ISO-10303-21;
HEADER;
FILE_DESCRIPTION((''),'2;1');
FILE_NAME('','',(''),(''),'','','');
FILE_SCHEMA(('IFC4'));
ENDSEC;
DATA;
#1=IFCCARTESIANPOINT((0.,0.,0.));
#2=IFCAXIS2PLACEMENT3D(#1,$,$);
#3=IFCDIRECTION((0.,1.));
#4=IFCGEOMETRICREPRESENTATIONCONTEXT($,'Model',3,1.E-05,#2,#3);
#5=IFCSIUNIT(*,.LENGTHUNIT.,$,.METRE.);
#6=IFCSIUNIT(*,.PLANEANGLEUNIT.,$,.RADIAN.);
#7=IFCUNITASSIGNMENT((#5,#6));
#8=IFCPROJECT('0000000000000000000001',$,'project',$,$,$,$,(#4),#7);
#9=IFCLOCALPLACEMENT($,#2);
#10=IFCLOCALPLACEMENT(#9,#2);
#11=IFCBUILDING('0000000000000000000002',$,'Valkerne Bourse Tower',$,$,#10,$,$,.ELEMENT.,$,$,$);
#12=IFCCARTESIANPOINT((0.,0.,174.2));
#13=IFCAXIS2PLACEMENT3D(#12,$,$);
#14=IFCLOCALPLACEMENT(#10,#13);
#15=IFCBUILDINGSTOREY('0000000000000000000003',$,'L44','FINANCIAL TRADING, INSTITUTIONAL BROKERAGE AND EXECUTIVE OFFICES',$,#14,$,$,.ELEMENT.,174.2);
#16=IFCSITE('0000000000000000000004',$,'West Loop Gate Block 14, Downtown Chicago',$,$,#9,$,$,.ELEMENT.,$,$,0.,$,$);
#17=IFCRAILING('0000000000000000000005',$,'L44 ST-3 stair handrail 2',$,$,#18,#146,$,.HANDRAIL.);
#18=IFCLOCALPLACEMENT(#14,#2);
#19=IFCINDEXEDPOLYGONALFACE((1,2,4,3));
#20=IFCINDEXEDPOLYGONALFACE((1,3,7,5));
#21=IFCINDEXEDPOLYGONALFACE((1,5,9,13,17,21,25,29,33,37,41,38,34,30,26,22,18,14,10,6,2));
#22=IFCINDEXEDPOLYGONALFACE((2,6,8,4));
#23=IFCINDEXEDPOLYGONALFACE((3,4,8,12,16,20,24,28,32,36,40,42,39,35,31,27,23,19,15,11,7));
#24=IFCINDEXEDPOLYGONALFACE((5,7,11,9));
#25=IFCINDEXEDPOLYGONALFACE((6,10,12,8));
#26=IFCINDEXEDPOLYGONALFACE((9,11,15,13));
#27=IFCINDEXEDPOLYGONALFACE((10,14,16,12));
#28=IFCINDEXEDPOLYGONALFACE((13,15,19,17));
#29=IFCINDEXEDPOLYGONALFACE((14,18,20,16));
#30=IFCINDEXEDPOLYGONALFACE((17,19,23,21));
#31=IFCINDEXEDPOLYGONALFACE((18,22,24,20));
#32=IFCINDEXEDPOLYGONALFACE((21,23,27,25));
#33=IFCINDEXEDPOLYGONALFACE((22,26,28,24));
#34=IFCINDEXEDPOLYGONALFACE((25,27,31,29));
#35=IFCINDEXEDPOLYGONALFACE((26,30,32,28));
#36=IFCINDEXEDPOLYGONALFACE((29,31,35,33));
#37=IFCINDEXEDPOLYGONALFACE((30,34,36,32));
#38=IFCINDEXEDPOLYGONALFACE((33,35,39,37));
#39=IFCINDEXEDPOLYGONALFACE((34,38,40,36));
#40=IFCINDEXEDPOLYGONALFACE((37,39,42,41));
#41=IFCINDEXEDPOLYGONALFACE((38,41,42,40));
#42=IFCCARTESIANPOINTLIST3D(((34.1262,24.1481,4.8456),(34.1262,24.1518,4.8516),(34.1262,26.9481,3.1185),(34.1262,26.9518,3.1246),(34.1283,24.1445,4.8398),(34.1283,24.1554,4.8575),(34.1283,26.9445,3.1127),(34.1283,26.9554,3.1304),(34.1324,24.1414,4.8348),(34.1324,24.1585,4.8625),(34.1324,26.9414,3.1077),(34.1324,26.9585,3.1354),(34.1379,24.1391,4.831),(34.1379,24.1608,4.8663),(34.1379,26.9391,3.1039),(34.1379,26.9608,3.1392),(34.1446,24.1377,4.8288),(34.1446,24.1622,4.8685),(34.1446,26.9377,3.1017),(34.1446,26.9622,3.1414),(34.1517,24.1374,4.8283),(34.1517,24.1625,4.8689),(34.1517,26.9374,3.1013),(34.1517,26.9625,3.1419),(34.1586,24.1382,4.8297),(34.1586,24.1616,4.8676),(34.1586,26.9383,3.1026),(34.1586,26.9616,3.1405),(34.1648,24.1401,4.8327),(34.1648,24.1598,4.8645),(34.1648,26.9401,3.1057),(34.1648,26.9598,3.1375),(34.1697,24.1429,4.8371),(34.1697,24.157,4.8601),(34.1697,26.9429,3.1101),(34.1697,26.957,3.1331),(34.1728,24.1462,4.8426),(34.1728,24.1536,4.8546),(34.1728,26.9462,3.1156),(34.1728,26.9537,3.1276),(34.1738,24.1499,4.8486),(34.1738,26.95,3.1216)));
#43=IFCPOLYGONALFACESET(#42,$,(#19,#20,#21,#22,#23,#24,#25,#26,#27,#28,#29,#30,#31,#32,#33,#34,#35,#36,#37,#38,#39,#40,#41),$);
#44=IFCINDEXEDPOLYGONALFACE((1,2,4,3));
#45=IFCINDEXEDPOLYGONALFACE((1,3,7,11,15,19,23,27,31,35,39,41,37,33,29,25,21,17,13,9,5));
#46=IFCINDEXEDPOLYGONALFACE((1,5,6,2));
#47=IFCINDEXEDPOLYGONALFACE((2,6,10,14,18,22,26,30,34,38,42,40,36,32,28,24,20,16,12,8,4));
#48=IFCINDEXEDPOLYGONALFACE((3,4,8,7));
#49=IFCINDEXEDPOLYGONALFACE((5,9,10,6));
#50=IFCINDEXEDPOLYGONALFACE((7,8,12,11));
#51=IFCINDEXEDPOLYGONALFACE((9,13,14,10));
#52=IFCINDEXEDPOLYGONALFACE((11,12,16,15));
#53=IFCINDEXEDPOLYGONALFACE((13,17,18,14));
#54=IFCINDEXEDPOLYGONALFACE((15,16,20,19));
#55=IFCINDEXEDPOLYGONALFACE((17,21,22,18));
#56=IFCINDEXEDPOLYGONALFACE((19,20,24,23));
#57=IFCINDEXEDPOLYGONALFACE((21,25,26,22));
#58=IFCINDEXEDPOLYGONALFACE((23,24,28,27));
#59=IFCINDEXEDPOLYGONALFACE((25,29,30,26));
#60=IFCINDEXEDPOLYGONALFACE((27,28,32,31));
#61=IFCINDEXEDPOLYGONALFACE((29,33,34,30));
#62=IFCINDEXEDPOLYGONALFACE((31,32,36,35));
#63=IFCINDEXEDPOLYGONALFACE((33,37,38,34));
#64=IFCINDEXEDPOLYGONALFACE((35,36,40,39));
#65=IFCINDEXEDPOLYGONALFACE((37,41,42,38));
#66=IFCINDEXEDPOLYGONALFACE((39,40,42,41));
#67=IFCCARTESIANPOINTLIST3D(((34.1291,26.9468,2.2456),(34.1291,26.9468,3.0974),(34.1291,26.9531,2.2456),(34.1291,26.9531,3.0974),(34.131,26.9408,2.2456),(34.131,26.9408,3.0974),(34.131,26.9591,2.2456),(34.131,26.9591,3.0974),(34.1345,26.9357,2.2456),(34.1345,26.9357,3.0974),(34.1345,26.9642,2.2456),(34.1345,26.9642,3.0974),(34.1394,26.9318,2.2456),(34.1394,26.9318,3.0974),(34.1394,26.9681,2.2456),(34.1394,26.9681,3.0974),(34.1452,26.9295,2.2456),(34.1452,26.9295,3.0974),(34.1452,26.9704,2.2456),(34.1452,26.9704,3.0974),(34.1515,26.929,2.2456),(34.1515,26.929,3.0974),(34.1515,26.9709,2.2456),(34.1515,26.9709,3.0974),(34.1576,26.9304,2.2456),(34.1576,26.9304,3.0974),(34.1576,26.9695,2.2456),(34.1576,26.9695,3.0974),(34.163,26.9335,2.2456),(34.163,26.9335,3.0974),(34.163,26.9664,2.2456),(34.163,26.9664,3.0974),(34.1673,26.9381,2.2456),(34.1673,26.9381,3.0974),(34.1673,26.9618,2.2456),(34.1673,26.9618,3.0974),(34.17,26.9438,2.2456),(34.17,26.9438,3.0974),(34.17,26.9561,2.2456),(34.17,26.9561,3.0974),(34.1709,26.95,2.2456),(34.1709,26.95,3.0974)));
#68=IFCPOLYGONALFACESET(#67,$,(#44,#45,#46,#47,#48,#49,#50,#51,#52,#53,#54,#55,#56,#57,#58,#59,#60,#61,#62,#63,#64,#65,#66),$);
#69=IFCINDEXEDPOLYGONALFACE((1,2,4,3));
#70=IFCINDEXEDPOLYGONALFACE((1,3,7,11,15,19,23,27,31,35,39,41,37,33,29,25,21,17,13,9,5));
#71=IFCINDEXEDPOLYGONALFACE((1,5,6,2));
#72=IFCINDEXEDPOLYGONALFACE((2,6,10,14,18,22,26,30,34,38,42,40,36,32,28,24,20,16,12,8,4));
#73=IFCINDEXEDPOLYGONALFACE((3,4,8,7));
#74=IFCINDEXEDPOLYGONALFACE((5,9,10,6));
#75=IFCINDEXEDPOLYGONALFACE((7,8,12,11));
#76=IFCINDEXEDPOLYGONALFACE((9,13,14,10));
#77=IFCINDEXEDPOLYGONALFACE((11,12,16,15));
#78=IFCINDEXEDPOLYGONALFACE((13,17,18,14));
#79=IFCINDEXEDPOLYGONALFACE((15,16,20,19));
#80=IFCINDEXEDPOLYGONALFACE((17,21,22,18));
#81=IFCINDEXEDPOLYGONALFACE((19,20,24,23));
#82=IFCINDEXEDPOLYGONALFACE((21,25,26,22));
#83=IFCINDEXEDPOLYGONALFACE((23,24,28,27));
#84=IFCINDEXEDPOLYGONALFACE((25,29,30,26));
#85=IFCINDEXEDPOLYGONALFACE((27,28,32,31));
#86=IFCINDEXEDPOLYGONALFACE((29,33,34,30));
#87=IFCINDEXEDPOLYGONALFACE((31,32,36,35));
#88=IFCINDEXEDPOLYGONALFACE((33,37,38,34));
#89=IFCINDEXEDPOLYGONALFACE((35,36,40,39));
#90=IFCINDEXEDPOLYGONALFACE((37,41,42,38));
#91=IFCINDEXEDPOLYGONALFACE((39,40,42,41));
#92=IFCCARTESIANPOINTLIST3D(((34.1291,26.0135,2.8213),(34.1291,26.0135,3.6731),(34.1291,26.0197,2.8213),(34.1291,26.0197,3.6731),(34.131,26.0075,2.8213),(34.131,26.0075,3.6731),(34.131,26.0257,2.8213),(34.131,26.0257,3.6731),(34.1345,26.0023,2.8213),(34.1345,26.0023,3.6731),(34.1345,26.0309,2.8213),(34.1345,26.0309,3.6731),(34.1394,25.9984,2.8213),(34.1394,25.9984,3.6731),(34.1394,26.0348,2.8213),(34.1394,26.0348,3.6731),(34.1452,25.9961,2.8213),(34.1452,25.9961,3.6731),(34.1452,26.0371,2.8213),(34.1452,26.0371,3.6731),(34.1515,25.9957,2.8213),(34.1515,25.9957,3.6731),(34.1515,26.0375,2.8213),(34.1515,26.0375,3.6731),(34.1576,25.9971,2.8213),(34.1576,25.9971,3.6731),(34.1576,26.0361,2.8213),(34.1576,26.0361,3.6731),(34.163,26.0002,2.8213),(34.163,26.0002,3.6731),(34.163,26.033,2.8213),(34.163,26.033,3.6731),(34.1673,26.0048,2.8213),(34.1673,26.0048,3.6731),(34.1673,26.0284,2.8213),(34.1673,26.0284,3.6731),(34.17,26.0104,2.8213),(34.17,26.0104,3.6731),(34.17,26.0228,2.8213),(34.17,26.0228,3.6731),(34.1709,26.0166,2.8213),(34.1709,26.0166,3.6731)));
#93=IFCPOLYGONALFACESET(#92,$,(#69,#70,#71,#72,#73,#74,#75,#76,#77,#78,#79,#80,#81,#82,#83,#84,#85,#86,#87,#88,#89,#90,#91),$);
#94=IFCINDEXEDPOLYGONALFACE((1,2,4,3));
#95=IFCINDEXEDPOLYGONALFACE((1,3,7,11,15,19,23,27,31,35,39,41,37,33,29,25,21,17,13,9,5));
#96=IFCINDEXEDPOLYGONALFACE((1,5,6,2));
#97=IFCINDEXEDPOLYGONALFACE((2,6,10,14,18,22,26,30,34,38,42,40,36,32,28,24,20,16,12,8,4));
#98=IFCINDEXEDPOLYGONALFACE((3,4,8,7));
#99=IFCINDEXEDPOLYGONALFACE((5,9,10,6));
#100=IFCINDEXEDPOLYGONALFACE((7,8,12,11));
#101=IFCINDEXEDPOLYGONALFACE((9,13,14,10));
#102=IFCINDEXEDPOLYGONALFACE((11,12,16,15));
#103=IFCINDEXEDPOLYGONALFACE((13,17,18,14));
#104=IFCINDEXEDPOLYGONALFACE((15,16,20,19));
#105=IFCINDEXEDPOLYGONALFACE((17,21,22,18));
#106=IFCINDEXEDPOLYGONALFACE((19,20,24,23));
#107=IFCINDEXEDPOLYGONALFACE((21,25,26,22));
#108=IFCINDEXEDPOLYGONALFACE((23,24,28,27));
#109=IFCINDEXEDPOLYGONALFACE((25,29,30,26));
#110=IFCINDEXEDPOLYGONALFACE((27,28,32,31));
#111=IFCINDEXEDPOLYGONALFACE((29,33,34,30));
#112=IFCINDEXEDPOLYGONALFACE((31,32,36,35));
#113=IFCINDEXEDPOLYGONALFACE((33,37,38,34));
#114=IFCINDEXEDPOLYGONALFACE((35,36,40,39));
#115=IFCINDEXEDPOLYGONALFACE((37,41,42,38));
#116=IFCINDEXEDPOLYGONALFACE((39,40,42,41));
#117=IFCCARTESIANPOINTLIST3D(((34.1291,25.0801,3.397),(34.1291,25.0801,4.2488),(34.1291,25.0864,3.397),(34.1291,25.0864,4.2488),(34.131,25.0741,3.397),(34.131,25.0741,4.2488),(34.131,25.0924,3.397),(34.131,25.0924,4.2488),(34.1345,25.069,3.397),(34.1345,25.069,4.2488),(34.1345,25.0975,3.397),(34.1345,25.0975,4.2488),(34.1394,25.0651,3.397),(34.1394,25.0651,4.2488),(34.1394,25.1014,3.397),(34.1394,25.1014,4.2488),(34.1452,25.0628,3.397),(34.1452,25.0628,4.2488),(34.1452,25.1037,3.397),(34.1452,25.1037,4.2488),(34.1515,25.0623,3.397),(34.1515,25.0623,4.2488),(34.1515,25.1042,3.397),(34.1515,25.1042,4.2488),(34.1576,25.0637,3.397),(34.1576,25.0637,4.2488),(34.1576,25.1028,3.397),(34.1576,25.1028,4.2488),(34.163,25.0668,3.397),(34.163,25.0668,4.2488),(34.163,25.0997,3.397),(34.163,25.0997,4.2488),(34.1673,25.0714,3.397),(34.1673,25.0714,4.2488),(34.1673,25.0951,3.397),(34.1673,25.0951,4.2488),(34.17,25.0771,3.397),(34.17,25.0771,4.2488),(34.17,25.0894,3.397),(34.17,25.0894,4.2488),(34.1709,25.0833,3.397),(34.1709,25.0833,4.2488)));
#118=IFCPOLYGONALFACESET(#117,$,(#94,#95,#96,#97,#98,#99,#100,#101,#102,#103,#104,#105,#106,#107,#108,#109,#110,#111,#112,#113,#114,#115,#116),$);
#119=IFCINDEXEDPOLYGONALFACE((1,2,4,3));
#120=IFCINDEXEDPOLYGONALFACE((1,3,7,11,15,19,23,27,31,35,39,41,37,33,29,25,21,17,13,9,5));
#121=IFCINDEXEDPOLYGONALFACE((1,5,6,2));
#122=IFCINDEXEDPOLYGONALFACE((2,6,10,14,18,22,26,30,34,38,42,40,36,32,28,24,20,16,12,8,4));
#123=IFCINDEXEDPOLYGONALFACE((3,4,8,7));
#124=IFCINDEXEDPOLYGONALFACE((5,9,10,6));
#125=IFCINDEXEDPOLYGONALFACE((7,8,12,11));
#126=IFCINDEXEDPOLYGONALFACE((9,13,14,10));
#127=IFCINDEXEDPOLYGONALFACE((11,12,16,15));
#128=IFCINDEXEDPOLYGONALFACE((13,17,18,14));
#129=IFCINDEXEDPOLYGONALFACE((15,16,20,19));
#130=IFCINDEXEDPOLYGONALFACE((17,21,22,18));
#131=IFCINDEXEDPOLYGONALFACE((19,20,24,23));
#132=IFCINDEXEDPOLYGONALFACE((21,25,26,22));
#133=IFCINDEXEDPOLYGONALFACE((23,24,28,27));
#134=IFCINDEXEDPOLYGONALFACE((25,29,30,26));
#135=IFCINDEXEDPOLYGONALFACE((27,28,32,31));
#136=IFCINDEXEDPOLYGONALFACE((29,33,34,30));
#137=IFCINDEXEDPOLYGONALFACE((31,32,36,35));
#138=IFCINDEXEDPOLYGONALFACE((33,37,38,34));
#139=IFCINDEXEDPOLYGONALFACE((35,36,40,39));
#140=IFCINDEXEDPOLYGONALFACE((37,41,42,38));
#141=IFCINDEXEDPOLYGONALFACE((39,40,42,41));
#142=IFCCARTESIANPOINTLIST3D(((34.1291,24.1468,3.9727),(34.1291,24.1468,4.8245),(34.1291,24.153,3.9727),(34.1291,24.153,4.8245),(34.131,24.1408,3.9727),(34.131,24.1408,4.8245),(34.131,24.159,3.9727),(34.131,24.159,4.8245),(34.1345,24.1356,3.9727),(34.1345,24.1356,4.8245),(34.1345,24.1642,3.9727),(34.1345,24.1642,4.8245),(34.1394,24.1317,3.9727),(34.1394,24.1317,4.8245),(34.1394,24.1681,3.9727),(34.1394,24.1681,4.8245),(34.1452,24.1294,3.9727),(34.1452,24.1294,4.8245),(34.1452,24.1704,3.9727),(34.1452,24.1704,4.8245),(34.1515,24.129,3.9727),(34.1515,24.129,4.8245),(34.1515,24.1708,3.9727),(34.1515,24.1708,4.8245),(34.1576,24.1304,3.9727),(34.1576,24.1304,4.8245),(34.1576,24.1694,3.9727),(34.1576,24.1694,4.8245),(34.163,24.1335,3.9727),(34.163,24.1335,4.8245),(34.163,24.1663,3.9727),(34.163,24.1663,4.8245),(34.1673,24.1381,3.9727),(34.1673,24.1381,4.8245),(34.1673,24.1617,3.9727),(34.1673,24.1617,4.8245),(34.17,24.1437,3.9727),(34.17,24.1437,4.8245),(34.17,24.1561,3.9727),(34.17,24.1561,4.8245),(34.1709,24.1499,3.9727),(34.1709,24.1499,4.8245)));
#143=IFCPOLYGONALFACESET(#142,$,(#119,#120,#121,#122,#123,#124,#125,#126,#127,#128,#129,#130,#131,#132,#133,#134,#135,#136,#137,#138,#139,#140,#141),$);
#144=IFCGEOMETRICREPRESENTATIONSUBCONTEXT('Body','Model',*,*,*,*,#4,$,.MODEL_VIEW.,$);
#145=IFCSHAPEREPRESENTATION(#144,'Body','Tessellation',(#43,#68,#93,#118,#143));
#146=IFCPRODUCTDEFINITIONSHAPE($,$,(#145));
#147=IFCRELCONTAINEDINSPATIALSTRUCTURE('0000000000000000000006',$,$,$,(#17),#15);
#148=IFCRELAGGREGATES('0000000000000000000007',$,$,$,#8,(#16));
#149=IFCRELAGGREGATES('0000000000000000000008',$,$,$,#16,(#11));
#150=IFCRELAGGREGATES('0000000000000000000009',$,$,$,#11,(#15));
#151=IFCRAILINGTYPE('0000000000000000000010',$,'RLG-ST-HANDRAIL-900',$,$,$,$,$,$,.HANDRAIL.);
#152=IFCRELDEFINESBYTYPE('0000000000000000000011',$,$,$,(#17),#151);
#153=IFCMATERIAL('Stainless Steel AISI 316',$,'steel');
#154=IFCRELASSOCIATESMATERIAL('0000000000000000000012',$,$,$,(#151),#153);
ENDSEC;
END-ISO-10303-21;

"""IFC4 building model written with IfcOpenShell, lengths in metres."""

from ifc_helpers import new_model, si_unit, direction, frame, origin, origin_2d, place, context, subcontext, project, spatial, circle, extrude, material, type_object, element, save


model = new_model("IFC4")

# Units and contexts
model_context = context("Model", 3, precision=1e-05, world=origin(), true_north=direction((0.0, 1.0)))
body_context = subcontext(model_context, "Body", "Model", "MODEL_VIEW")
ifc_project = project(units=[si_unit("LENGTHUNIT", "METRE"), si_unit("PLANEANGLEUNIT", "RADIAN")], contexts=[model_context])

# Site, building, storey
site_placement = place(None, origin())
site = spatial("IfcSite", under=ifc_project, at=site_placement, Name="West Loop Gate Block 14, Downtown Chicago", CompositionType="ELEMENT", RefElevation=0.0)
building_placement = place(site_placement, origin())
building = spatial("IfcBuilding", under=site, at=building_placement, Name="Valkerne Bourse Tower", CompositionType="ELEMENT")
storey_placement = place(building_placement, frame((0.0, 0.0, 174.2)))
storey = spatial("IfcBuildingStorey", under=building, at=storey_placement, Name="L44", Description="FINANCIAL TRADING, INSTITUTIONAL BROKERAGE AND EXECUTIVE OFFICES", CompositionType="ELEMENT", Elevation=174.2)

# Railing
ifc_material_1 = material(Name="Stainless Steel AISI 316", Category="steel")
railing_type_1 = type_object("IfcRailingType", Name="RLG-ST-HANDRAIL-900", PredefinedType="HANDRAIL", material=ifc_material_1)
railing_1_placement = place(storey_placement, frame((34.1499, 26.95, 2.2456)))
element("IfcRailing", 1, at=railing_1_placement, inside=storey, type_object=railing_type_1, Name="L44 ST-3 stair handrail 2", PredefinedType="HANDRAIL", context=body_context, shape_type="SweptSolid", body=[
    extrude(circle(Radius=0.0239, at=origin_2d()), frame((0.0, 0.0, 0.876), z_axis=(0.0, -0.851123, 0.524967), x_axis=(1.0, 0.0, 0.0)), (0.0, 0.0, 1.0), 3.2898),
    extrude(circle(Radius=0.021, at=origin_2d()), origin(), (0.0, 0.0, 1.0), 0.8518),
    extrude(circle(Radius=0.021, at=origin_2d()), frame((0.0, -0.9333, 0.5757)), (0.0, 0.0, 1.0), 0.8518),
    extrude(circle(Radius=0.021, at=origin_2d()), frame((0.0, -1.8667, 1.1514)), (0.0, 0.0, 1.0), 0.8518),
    extrude(circle(Radius=0.021, at=origin_2d()), frame((0.0, -2.8, 1.7271)), (0.0, 0.0, 1.0), 0.8518),
])

save(model, "model.ifc")
